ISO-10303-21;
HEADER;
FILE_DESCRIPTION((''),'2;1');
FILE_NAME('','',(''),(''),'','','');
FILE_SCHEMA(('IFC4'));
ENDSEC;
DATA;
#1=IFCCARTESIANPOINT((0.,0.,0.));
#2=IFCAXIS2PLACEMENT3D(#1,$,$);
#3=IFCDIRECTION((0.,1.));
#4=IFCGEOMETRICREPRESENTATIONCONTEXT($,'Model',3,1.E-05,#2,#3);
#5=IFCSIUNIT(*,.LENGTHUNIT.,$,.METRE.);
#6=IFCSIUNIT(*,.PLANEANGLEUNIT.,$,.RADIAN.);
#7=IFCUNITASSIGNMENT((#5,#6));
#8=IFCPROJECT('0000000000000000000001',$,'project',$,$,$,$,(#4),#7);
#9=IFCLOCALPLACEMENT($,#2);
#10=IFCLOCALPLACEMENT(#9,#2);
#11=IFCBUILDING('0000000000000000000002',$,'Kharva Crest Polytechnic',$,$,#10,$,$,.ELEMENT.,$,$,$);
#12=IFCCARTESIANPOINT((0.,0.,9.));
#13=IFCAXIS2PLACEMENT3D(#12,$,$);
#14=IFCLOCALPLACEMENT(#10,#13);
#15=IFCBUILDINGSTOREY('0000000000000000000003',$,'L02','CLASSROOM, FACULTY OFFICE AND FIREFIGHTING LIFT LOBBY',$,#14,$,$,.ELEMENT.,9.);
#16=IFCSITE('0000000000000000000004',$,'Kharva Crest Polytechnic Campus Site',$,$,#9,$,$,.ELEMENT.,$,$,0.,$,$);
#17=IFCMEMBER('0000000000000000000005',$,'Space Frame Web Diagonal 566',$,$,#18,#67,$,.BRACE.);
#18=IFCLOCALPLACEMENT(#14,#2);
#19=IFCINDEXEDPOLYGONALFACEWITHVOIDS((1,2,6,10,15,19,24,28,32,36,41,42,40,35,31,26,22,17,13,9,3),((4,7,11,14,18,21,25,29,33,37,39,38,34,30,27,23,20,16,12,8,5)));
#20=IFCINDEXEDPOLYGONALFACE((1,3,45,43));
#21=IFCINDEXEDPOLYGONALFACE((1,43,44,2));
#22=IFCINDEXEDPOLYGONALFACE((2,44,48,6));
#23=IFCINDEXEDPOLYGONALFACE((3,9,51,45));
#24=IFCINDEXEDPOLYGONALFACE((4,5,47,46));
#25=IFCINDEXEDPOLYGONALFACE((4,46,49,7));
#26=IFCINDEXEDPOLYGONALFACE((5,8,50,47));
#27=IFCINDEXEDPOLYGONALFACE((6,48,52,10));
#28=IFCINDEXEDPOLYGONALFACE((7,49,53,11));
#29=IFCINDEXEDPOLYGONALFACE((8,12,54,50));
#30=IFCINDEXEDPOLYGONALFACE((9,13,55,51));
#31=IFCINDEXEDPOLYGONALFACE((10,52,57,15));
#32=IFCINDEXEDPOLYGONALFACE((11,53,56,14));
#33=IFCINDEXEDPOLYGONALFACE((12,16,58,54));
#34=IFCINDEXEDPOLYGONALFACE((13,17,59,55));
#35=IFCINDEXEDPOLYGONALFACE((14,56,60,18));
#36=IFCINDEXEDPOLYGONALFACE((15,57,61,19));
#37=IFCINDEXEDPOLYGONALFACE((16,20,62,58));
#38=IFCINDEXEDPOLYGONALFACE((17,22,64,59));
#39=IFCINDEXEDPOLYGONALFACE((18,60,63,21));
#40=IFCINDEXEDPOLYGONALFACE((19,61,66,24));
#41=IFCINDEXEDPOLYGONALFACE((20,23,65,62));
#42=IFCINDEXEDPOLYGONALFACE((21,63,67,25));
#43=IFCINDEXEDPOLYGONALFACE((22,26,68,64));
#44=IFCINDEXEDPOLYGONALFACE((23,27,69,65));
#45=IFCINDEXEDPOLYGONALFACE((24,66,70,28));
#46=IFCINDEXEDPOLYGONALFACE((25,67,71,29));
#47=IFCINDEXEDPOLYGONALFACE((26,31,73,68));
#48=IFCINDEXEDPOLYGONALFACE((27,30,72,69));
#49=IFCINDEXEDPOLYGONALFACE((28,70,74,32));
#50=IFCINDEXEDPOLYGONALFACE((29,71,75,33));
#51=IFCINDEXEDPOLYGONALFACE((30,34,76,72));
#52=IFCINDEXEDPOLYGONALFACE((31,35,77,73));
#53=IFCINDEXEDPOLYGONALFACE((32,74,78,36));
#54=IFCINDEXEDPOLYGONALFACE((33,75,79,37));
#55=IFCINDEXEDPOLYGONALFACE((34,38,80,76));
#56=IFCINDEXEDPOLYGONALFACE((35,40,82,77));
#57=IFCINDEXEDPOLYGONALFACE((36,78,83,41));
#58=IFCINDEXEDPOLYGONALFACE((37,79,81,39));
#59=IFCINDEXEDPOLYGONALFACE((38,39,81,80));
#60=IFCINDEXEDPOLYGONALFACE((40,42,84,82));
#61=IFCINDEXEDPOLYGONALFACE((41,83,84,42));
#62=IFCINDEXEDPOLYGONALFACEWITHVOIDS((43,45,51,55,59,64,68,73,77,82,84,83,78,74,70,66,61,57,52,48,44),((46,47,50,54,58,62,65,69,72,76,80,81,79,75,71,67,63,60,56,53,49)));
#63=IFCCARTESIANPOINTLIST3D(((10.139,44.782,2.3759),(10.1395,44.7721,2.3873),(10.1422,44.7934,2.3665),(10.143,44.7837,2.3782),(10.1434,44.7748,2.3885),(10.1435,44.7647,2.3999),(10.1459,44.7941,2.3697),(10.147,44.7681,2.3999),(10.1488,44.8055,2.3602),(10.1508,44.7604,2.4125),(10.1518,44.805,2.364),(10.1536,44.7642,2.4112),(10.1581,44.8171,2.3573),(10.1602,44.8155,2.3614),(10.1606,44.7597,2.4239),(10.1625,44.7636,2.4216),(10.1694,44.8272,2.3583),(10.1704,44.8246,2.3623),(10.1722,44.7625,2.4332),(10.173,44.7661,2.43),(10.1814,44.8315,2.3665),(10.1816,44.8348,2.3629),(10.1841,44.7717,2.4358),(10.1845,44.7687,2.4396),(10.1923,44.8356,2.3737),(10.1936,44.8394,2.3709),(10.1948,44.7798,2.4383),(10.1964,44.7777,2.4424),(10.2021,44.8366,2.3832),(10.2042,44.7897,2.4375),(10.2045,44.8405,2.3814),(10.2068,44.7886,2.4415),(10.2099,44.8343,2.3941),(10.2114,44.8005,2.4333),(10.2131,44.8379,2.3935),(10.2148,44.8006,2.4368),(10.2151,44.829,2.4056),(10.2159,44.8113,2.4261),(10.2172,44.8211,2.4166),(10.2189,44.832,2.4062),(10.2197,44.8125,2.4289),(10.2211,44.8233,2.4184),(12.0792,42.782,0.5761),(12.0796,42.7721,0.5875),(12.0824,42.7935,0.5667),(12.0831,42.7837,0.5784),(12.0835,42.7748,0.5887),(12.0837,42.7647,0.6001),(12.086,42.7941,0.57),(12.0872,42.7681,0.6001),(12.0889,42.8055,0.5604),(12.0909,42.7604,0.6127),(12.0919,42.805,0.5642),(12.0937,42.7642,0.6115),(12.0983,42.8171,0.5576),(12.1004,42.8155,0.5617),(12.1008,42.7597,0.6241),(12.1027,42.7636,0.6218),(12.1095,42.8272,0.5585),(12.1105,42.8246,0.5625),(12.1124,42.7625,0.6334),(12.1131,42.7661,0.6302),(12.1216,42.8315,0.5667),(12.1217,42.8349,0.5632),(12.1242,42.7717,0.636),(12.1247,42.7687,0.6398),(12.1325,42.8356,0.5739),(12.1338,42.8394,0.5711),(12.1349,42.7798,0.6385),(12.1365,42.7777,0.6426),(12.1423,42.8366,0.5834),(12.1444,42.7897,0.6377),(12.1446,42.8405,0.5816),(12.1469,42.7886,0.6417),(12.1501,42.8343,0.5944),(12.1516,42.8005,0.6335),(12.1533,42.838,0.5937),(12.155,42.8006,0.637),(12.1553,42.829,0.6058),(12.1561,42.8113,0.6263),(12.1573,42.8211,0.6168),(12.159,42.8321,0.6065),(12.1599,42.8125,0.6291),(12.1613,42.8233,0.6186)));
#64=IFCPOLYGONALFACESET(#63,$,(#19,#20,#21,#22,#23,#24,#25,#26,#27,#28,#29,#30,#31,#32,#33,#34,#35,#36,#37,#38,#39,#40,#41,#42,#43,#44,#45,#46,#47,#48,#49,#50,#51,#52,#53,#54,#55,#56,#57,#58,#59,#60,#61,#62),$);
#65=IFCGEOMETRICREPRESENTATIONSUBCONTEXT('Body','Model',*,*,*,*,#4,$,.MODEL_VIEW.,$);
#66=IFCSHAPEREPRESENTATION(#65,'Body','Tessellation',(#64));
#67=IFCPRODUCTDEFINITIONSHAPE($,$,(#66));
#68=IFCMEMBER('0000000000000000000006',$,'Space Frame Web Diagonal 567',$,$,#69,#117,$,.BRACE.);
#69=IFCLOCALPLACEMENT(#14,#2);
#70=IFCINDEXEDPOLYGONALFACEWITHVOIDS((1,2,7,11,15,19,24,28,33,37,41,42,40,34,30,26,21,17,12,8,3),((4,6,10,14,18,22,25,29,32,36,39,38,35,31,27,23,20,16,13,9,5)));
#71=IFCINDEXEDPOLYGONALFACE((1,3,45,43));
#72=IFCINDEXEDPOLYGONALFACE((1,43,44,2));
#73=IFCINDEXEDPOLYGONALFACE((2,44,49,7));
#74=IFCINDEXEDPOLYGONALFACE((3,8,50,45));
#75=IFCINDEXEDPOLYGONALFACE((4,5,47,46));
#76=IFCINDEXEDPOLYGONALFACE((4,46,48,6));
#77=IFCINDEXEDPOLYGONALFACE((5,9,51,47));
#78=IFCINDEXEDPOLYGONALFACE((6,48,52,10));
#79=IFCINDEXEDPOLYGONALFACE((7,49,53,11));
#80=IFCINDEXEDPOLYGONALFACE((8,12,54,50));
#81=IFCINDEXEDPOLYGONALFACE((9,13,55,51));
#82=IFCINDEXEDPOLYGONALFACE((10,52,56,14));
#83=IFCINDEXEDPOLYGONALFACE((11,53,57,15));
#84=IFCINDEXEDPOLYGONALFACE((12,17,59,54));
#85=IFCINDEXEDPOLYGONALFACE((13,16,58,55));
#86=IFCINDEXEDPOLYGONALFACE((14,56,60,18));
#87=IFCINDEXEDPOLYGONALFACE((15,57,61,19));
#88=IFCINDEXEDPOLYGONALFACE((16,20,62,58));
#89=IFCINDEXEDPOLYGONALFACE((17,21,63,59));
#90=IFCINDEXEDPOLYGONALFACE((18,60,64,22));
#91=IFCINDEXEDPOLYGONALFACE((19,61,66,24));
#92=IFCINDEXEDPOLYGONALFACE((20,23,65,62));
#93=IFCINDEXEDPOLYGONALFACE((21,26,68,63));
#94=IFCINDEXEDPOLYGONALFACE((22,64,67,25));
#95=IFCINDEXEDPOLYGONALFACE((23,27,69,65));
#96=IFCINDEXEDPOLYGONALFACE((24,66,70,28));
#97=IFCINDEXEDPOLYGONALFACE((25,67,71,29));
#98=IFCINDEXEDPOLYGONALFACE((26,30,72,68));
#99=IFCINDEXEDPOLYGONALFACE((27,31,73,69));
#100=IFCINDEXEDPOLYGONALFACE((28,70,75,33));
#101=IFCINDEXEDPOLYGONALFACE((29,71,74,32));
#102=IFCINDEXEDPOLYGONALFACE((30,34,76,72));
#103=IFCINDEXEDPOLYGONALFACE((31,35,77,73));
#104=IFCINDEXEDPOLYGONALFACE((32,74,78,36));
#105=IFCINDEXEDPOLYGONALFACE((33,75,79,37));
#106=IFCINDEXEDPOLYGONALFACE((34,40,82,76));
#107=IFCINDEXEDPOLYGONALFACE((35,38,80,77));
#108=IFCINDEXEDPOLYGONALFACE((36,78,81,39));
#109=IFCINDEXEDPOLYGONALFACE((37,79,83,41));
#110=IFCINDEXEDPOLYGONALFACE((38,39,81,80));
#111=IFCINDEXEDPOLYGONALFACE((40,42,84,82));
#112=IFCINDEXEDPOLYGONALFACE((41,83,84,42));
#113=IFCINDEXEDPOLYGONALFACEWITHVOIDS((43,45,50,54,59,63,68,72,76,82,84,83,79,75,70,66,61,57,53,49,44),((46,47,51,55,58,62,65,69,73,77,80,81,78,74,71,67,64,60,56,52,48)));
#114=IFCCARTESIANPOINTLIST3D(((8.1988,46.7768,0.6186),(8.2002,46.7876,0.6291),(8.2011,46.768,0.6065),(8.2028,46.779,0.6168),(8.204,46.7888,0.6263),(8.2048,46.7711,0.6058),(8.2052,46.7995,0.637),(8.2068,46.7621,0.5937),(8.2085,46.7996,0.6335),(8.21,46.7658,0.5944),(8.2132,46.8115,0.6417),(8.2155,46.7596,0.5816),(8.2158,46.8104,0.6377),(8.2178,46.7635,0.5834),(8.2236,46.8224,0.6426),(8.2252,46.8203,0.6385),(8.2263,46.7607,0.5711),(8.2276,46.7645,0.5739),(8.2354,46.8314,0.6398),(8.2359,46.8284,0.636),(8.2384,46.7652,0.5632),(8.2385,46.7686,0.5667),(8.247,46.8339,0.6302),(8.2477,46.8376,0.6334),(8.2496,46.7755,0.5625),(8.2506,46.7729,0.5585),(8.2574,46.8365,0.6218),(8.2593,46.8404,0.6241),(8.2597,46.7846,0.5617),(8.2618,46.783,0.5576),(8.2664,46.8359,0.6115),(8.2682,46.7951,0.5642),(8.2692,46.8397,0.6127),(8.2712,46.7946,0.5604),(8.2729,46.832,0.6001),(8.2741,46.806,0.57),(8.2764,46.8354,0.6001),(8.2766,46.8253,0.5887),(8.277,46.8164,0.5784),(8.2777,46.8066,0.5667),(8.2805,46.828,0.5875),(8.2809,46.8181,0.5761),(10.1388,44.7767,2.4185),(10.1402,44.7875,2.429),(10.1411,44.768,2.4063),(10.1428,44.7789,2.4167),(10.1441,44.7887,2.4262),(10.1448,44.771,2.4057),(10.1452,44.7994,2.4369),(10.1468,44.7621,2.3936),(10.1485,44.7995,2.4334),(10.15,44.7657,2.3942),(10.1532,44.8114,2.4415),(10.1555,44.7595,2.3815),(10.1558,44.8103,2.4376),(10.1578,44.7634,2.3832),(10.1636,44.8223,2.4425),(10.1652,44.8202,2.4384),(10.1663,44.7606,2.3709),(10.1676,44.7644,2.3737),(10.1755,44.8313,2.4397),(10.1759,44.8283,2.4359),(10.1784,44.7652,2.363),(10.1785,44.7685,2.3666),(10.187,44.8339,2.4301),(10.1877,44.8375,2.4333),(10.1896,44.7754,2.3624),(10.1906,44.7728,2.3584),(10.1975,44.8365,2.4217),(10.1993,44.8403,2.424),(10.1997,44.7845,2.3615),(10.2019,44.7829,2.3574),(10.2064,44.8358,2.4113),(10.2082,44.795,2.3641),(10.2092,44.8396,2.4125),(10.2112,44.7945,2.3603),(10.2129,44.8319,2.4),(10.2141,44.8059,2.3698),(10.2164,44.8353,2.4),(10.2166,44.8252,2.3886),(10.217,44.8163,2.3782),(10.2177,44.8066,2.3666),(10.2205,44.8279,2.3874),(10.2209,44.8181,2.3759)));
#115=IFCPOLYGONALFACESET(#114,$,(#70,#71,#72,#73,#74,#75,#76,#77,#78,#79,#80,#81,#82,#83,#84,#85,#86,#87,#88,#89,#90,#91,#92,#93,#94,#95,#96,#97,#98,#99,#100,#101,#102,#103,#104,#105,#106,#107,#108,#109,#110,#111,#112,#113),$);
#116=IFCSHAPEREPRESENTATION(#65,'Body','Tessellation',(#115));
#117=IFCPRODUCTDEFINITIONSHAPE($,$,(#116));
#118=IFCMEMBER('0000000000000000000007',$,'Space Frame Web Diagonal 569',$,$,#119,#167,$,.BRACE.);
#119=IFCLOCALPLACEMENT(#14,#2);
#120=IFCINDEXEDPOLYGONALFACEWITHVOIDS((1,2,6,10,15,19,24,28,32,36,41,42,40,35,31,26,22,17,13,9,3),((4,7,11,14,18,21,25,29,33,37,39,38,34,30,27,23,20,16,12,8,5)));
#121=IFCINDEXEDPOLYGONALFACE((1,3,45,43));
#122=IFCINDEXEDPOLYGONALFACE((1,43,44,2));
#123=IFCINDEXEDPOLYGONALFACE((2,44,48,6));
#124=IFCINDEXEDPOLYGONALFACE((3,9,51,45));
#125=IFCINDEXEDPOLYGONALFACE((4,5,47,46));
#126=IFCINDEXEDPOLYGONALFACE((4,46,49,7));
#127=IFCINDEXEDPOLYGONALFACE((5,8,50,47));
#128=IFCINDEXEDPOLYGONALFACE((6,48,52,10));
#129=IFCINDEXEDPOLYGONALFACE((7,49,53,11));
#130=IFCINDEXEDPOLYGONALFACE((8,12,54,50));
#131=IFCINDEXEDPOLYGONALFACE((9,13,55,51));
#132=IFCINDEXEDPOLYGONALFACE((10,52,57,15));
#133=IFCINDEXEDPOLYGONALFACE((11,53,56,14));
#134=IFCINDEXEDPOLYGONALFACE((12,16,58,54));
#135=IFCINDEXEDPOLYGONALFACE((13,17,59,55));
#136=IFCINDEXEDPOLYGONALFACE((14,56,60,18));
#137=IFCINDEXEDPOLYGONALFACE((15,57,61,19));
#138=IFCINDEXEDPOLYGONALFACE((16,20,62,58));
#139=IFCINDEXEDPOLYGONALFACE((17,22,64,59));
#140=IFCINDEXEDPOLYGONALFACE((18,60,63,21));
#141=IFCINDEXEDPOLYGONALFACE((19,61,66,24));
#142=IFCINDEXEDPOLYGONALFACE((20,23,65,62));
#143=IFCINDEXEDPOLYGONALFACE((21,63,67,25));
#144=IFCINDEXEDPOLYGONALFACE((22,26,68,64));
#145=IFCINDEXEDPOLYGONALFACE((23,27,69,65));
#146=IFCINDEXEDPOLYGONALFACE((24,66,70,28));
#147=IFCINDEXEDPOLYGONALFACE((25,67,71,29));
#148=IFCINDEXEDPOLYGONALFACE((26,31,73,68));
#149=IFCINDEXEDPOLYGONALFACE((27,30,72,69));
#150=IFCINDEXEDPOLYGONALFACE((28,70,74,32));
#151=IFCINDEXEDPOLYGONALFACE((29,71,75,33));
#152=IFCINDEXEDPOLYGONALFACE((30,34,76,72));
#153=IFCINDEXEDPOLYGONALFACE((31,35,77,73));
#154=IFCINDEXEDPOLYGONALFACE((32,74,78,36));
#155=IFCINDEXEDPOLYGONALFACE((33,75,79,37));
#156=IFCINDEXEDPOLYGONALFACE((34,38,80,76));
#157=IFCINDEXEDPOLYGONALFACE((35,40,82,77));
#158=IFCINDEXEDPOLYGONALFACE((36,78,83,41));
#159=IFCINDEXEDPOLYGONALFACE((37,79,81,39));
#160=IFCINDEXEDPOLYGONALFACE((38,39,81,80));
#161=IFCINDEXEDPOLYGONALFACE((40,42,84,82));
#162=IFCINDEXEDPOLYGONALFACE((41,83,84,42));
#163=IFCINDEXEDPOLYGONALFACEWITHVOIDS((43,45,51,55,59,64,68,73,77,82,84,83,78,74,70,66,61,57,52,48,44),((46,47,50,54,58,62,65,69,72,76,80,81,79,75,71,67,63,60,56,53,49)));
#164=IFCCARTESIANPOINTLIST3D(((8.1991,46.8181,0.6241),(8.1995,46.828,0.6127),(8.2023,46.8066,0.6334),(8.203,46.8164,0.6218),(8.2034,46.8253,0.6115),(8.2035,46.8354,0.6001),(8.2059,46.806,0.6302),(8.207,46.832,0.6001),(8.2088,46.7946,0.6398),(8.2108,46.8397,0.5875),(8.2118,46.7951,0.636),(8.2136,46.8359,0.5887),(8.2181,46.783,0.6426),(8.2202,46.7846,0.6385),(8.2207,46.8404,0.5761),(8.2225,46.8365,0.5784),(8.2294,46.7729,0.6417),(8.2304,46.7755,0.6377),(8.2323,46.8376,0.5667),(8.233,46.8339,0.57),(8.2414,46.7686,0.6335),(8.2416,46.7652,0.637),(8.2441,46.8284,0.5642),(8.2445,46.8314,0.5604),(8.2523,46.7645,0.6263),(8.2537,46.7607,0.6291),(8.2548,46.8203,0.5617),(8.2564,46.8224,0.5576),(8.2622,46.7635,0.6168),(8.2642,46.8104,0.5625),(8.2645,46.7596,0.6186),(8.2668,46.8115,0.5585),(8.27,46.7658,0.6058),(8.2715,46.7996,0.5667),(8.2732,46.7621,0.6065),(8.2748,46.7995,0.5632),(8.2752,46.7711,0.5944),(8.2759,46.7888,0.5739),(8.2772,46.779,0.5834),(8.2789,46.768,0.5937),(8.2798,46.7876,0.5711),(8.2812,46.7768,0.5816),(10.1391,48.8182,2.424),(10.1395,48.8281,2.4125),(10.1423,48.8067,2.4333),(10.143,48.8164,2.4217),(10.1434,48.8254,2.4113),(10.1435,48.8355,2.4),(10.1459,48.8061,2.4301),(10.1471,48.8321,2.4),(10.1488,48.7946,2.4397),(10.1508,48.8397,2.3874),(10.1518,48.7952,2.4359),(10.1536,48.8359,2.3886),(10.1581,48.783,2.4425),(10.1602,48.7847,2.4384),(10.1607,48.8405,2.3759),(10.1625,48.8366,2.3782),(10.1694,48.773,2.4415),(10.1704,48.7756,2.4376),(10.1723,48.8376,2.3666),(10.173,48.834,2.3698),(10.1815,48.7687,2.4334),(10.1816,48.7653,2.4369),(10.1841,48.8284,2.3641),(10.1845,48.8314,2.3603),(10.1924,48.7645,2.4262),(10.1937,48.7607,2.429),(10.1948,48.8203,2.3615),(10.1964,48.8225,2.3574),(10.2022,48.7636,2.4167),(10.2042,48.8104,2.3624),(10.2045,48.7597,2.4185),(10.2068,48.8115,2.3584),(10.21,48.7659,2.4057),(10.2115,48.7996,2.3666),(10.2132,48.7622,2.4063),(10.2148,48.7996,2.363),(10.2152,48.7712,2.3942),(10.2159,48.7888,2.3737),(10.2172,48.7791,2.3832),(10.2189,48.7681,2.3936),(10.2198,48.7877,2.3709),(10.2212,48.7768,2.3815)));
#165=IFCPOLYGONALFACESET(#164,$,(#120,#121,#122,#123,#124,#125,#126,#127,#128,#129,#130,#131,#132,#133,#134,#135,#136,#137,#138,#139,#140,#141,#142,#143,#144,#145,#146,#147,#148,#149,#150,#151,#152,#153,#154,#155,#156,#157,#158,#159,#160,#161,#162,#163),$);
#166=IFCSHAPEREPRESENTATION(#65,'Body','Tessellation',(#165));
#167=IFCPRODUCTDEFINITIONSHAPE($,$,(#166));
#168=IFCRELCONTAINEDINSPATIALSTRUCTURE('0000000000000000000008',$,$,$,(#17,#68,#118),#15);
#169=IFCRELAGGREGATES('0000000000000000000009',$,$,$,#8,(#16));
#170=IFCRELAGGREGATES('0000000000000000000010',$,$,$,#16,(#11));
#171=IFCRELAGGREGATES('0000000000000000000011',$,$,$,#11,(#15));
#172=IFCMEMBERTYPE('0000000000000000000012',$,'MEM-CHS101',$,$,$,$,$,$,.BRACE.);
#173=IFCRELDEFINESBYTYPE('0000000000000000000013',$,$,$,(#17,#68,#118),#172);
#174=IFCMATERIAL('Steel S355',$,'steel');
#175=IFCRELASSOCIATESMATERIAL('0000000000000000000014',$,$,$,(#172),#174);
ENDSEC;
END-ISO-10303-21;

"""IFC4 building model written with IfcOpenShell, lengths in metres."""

from ifc_helpers import new_model, si_unit, direction, frame, origin, origin_2d, place, context, subcontext, project, spatial, hollow_circle, extrude, material, material_profile, profile_set, type_object, element, save


model = new_model("IFC4")

# Units and contexts
model_context = context("Model", 3, precision=1e-05, world=origin(), true_north=direction((0.0, 1.0)))
body_context = subcontext(model_context, "Body", "Model", "MODEL_VIEW")
ifc_project = project(units=[si_unit("LENGTHUNIT", "METRE"), si_unit("PLANEANGLEUNIT", "RADIAN")], contexts=[model_context])

# Site, building, storey
site_placement = place(None, origin())
site = spatial("IfcSite", under=ifc_project, at=site_placement, Name="Kharva Crest Polytechnic Campus Site", CompositionType="ELEMENT", RefElevation=0.0)
building_placement = place(site_placement, origin())
building = spatial("IfcBuilding", under=site, at=building_placement, Name="Kharva Crest Polytechnic", CompositionType="ELEMENT")
storey_placement = place(building_placement, frame((0.0, 0.0, 9.0)))
storey = spatial("IfcBuildingStorey", under=building, at=storey_placement, Name="L02", Description="CLASSROOM, FACULTY OFFICE AND FIREFIGHTING LIFT LOBBY", CompositionType="ELEMENT", Elevation=9.0)

# Shared definitions
ifc_material_1 = material(Name="Steel S355", Category="steel")

# Members
ifc_material_profile_1 = material_profile(ifc_material_1, hollow_circle(Radius=0.0508, WallThickness=0.0049, at=origin_2d()), Name="CHS 101.6X5.0")
ifc_profile_set_1 = profile_set([ifc_material_profile_1], Name="Steel S355")
member_type_1 = type_object("IfcMemberType", Name="MEM-CHS101", PredefinedType="BRACE", material=ifc_profile_set_1)
for number, where, z_axis, x_axis, name in (
    (1, (12.1201, 42.8, 0.6001), (-0.584892, 0.602924, 0.542572), (-0.717758, -0.696292, 0.0), "Space Frame Web Diagonal 566"),
    (2, (8.24, 46.8, 0.6001), (0.584843, -0.60295, 0.542596), (0.717802, 0.696247, 0.0), "Space Frame Web Diagonal 567"),
    (3, (8.24, 46.8, 0.6001), (0.584843, 0.60295, 0.542596), (-0.717802, 0.696247, 0.0), "Space Frame Web Diagonal 569"),
):
    element("IfcMember", number, at=place(storey_placement, frame(where, z_axis=z_axis, x_axis=x_axis)), inside=storey, type_object=member_type_1, Name=name, PredefinedType="BRACE", context=body_context, shape_type="SweptSolid", body=[
        extrude(hollow_circle(Radius=0.0508, WallThickness=0.0049, at=origin_2d()), origin(), (0.0, 0.0, 1.0), 3.3171),
    ])

save(model, "model.ifc")
